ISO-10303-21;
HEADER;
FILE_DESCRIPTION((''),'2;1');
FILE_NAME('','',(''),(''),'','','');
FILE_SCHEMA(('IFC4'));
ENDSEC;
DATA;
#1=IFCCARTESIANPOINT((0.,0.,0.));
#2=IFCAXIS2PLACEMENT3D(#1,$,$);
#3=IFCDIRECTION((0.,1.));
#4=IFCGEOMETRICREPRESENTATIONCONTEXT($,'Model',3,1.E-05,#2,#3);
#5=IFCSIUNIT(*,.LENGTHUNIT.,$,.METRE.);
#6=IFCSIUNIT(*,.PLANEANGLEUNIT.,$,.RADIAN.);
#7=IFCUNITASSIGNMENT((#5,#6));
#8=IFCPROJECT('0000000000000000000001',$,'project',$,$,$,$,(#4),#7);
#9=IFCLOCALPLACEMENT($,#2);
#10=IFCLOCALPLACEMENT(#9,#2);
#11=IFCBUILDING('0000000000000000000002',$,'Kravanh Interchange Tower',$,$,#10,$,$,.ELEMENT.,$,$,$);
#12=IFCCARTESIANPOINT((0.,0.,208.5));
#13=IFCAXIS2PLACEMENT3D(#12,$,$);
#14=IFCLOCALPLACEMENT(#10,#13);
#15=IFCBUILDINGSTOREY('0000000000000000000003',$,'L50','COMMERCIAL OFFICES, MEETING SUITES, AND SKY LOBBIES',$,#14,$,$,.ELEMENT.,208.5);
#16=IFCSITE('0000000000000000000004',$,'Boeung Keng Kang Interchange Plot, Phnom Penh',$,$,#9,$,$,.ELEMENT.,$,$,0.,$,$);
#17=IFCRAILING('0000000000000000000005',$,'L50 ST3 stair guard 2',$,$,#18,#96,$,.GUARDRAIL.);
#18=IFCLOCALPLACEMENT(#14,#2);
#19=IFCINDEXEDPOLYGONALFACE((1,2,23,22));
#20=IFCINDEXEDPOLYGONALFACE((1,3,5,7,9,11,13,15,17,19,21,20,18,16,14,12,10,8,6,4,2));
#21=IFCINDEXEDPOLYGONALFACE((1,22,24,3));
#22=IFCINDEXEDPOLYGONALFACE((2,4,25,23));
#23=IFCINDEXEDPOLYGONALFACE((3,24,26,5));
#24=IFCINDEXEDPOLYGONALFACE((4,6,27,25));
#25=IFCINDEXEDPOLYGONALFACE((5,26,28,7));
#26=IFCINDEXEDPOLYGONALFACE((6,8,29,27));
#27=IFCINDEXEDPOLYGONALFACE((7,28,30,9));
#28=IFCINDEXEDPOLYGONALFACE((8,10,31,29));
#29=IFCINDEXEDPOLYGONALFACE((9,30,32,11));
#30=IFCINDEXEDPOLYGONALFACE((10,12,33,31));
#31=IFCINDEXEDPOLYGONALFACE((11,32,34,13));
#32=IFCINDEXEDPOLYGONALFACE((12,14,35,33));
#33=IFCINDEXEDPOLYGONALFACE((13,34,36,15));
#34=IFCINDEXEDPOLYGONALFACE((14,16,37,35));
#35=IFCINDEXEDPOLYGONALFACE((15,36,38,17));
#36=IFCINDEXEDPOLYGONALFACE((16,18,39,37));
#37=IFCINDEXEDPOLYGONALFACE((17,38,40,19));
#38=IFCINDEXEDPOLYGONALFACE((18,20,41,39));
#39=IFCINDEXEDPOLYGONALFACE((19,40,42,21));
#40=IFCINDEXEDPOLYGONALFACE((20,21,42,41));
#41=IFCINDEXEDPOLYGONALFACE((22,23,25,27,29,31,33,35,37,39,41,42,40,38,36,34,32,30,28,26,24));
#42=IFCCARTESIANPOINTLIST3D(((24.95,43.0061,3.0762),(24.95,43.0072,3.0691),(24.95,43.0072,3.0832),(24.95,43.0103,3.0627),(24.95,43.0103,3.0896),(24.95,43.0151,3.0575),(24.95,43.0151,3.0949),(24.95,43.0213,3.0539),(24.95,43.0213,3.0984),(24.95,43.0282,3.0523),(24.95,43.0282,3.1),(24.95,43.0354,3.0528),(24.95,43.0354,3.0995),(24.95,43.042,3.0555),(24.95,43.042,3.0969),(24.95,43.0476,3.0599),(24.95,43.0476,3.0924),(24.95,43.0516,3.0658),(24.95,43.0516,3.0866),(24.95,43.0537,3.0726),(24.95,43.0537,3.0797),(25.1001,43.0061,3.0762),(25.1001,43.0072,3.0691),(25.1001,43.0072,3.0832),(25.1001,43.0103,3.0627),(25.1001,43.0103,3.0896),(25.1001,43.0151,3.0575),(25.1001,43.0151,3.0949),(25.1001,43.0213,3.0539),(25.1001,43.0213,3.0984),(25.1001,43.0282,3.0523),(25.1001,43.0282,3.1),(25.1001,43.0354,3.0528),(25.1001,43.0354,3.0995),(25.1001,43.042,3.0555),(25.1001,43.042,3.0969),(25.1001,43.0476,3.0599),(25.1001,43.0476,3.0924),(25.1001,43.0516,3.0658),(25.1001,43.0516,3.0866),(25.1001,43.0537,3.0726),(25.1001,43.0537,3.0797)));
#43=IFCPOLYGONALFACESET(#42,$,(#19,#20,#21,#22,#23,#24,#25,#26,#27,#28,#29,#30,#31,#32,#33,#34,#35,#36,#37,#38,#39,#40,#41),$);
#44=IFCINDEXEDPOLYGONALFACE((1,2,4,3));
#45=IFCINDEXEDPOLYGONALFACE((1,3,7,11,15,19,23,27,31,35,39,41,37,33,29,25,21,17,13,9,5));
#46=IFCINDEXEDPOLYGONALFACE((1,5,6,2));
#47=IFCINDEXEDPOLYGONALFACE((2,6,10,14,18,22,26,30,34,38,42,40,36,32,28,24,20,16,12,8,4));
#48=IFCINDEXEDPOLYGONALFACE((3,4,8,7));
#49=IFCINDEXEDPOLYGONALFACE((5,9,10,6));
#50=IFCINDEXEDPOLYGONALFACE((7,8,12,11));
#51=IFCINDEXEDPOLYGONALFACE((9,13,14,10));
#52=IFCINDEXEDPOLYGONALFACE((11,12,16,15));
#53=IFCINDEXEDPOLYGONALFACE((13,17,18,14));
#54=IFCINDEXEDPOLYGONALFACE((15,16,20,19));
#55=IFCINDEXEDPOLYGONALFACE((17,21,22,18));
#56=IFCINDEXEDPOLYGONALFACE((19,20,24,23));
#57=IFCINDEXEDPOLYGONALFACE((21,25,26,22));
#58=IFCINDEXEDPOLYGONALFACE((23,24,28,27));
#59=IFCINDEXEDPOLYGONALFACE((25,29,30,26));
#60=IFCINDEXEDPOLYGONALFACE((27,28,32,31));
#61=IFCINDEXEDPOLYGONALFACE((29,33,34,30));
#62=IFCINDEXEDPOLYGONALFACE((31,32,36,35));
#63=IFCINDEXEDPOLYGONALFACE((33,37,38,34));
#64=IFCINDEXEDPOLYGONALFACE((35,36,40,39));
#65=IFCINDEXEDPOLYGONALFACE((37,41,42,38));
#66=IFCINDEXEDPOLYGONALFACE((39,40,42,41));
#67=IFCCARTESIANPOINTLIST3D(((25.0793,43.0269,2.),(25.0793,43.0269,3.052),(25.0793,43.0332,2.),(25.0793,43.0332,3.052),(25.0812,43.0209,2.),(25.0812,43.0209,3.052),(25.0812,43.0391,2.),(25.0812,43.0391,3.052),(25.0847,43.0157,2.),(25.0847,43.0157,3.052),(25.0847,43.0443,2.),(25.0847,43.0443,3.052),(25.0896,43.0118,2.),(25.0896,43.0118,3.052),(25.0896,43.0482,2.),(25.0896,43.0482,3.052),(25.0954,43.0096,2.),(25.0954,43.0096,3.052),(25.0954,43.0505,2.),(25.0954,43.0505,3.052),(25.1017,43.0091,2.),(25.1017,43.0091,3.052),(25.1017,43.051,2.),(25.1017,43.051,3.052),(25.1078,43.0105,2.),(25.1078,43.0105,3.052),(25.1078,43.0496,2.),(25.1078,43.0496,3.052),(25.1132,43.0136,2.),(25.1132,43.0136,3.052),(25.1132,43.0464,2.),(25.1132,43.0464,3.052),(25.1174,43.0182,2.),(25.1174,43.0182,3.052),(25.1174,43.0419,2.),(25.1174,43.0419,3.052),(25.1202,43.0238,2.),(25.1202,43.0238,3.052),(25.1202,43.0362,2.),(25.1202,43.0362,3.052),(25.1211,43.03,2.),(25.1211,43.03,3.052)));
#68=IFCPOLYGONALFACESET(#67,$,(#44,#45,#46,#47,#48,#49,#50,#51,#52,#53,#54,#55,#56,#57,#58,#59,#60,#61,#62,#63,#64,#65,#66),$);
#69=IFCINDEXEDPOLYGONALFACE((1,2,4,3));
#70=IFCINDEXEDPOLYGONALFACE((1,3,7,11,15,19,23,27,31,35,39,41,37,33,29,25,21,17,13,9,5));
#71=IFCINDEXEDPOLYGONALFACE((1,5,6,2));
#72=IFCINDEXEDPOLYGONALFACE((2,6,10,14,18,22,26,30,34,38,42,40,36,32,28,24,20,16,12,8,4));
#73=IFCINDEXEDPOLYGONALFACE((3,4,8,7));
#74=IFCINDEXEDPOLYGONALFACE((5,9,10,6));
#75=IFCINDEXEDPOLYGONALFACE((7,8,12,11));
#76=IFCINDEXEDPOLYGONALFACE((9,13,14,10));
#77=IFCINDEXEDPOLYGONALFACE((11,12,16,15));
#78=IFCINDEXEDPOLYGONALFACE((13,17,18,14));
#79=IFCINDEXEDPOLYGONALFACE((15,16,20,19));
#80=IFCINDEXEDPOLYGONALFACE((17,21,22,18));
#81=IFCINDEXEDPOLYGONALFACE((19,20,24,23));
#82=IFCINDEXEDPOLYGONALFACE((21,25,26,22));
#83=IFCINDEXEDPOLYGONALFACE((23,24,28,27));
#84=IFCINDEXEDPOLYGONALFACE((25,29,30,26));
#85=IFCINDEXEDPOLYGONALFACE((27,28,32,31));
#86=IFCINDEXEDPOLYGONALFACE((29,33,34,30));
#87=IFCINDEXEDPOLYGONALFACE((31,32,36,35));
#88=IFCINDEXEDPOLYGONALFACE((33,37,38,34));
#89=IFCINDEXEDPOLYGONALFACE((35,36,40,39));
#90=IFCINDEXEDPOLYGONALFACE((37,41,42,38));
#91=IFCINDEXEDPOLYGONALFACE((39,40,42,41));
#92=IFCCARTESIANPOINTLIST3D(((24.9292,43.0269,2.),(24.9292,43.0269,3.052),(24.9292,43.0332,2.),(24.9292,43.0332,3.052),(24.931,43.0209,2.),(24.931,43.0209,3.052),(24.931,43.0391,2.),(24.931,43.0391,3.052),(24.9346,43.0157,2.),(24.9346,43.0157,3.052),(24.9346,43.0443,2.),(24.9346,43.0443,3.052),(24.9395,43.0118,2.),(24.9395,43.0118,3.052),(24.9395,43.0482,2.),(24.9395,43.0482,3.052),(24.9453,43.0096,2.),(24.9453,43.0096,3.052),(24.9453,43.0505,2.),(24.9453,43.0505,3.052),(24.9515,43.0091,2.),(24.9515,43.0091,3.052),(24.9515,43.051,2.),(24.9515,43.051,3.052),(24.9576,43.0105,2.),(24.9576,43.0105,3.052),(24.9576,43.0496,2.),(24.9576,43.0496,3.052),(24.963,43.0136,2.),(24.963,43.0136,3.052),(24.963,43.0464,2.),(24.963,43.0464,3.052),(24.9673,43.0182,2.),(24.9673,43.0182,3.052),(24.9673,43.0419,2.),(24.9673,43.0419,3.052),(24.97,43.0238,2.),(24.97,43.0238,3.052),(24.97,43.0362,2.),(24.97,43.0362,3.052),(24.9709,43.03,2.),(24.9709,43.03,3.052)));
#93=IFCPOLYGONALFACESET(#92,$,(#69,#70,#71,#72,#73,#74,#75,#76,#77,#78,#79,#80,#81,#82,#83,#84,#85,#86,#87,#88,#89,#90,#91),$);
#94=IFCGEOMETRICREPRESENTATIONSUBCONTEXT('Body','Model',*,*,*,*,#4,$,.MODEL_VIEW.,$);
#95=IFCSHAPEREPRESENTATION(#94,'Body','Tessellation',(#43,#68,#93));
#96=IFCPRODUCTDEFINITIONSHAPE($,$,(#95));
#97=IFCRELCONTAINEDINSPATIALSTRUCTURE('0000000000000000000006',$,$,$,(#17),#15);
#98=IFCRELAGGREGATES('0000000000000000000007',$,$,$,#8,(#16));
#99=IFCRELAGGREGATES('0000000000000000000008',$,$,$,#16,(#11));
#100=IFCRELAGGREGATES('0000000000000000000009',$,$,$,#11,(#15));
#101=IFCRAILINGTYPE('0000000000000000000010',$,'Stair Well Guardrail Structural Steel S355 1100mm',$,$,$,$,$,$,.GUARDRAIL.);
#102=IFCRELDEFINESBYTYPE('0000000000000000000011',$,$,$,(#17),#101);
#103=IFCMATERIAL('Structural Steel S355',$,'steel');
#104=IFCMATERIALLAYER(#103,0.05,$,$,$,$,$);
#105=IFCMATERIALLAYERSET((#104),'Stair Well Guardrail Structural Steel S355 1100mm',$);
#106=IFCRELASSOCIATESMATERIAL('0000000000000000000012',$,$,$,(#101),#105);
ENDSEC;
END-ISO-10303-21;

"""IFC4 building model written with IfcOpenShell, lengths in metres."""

from ifc_helpers import new_model, si_unit, direction, frame, origin, origin_2d, place, context, subcontext, project, spatial, circle, extrude, material, layer, layer_set, type_object, element, save


model = new_model("IFC4")

# Units and contexts
model_context = context("Model", 3, precision=1e-05, world=origin(), true_north=direction((0.0, 1.0)))
body_context = subcontext(model_context, "Body", "Model", "MODEL_VIEW")
ifc_project = project(units=[si_unit("LENGTHUNIT", "METRE"), si_unit("PLANEANGLEUNIT", "RADIAN")], contexts=[model_context])

# Site, building, storey
site_placement = place(None, origin())
site = spatial("IfcSite", under=ifc_project, at=site_placement, Name="Boeung Keng Kang Interchange Plot, Phnom Penh", CompositionType="ELEMENT", RefElevation=0.0)
building_placement = place(site_placement, origin())
building = spatial("IfcBuilding", under=site, at=building_placement, Name="Kravanh Interchange Tower", CompositionType="ELEMENT")
storey_placement = place(building_placement, frame((0.0, 0.0, 208.5)))
storey = spatial("IfcBuildingStorey", under=building, at=storey_placement, Name="L50", Description="COMMERCIAL OFFICES, MEETING SUITES, AND SKY LOBBIES", CompositionType="ELEMENT", Elevation=208.5)

# Railing
ifc_material_1 = material(Name="Structural Steel S355", Category="steel")
ifc_layer_1 = layer(ifc_material_1, 0.05)
ifc_layer_set_1 = layer_set([ifc_layer_1], Name="Stair Well Guardrail Structural Steel S355 1100mm")
railing_type_1 = type_object("IfcRailingType", Name="Stair Well Guardrail Structural Steel S355 1100mm", PredefinedType="GUARDRAIL", material=ifc_layer_set_1)
railing_1_placement = place(storey_placement, frame((25.1001, 43.03, 2.0)))
element("IfcRailing", 1, at=railing_1_placement, inside=storey, type_object=railing_type_1, Name="L50 ST3 stair guard 2", PredefinedType="GUARDRAIL", context=body_context, shape_type="SweptSolid", body=[
    extrude(circle(Radius=0.0239, at=origin_2d()), frame((0.0, 0.0, 1.0762), z_axis=(-1.0, 0.0, 0.0), x_axis=(0.0, -1.0, 0.0)), (0.0, 0.0, 1.0), 0.1501),
    extrude(circle(Radius=0.021, at=origin_2d()), origin(), (0.0, 0.0, 1.0), 1.052),
    extrude(circle(Radius=0.021, at=origin_2d()), frame((-0.1501, 0.0, 0.0)), (0.0, 0.0, 1.0), 1.052),
])

save(model, "model.ifc")
